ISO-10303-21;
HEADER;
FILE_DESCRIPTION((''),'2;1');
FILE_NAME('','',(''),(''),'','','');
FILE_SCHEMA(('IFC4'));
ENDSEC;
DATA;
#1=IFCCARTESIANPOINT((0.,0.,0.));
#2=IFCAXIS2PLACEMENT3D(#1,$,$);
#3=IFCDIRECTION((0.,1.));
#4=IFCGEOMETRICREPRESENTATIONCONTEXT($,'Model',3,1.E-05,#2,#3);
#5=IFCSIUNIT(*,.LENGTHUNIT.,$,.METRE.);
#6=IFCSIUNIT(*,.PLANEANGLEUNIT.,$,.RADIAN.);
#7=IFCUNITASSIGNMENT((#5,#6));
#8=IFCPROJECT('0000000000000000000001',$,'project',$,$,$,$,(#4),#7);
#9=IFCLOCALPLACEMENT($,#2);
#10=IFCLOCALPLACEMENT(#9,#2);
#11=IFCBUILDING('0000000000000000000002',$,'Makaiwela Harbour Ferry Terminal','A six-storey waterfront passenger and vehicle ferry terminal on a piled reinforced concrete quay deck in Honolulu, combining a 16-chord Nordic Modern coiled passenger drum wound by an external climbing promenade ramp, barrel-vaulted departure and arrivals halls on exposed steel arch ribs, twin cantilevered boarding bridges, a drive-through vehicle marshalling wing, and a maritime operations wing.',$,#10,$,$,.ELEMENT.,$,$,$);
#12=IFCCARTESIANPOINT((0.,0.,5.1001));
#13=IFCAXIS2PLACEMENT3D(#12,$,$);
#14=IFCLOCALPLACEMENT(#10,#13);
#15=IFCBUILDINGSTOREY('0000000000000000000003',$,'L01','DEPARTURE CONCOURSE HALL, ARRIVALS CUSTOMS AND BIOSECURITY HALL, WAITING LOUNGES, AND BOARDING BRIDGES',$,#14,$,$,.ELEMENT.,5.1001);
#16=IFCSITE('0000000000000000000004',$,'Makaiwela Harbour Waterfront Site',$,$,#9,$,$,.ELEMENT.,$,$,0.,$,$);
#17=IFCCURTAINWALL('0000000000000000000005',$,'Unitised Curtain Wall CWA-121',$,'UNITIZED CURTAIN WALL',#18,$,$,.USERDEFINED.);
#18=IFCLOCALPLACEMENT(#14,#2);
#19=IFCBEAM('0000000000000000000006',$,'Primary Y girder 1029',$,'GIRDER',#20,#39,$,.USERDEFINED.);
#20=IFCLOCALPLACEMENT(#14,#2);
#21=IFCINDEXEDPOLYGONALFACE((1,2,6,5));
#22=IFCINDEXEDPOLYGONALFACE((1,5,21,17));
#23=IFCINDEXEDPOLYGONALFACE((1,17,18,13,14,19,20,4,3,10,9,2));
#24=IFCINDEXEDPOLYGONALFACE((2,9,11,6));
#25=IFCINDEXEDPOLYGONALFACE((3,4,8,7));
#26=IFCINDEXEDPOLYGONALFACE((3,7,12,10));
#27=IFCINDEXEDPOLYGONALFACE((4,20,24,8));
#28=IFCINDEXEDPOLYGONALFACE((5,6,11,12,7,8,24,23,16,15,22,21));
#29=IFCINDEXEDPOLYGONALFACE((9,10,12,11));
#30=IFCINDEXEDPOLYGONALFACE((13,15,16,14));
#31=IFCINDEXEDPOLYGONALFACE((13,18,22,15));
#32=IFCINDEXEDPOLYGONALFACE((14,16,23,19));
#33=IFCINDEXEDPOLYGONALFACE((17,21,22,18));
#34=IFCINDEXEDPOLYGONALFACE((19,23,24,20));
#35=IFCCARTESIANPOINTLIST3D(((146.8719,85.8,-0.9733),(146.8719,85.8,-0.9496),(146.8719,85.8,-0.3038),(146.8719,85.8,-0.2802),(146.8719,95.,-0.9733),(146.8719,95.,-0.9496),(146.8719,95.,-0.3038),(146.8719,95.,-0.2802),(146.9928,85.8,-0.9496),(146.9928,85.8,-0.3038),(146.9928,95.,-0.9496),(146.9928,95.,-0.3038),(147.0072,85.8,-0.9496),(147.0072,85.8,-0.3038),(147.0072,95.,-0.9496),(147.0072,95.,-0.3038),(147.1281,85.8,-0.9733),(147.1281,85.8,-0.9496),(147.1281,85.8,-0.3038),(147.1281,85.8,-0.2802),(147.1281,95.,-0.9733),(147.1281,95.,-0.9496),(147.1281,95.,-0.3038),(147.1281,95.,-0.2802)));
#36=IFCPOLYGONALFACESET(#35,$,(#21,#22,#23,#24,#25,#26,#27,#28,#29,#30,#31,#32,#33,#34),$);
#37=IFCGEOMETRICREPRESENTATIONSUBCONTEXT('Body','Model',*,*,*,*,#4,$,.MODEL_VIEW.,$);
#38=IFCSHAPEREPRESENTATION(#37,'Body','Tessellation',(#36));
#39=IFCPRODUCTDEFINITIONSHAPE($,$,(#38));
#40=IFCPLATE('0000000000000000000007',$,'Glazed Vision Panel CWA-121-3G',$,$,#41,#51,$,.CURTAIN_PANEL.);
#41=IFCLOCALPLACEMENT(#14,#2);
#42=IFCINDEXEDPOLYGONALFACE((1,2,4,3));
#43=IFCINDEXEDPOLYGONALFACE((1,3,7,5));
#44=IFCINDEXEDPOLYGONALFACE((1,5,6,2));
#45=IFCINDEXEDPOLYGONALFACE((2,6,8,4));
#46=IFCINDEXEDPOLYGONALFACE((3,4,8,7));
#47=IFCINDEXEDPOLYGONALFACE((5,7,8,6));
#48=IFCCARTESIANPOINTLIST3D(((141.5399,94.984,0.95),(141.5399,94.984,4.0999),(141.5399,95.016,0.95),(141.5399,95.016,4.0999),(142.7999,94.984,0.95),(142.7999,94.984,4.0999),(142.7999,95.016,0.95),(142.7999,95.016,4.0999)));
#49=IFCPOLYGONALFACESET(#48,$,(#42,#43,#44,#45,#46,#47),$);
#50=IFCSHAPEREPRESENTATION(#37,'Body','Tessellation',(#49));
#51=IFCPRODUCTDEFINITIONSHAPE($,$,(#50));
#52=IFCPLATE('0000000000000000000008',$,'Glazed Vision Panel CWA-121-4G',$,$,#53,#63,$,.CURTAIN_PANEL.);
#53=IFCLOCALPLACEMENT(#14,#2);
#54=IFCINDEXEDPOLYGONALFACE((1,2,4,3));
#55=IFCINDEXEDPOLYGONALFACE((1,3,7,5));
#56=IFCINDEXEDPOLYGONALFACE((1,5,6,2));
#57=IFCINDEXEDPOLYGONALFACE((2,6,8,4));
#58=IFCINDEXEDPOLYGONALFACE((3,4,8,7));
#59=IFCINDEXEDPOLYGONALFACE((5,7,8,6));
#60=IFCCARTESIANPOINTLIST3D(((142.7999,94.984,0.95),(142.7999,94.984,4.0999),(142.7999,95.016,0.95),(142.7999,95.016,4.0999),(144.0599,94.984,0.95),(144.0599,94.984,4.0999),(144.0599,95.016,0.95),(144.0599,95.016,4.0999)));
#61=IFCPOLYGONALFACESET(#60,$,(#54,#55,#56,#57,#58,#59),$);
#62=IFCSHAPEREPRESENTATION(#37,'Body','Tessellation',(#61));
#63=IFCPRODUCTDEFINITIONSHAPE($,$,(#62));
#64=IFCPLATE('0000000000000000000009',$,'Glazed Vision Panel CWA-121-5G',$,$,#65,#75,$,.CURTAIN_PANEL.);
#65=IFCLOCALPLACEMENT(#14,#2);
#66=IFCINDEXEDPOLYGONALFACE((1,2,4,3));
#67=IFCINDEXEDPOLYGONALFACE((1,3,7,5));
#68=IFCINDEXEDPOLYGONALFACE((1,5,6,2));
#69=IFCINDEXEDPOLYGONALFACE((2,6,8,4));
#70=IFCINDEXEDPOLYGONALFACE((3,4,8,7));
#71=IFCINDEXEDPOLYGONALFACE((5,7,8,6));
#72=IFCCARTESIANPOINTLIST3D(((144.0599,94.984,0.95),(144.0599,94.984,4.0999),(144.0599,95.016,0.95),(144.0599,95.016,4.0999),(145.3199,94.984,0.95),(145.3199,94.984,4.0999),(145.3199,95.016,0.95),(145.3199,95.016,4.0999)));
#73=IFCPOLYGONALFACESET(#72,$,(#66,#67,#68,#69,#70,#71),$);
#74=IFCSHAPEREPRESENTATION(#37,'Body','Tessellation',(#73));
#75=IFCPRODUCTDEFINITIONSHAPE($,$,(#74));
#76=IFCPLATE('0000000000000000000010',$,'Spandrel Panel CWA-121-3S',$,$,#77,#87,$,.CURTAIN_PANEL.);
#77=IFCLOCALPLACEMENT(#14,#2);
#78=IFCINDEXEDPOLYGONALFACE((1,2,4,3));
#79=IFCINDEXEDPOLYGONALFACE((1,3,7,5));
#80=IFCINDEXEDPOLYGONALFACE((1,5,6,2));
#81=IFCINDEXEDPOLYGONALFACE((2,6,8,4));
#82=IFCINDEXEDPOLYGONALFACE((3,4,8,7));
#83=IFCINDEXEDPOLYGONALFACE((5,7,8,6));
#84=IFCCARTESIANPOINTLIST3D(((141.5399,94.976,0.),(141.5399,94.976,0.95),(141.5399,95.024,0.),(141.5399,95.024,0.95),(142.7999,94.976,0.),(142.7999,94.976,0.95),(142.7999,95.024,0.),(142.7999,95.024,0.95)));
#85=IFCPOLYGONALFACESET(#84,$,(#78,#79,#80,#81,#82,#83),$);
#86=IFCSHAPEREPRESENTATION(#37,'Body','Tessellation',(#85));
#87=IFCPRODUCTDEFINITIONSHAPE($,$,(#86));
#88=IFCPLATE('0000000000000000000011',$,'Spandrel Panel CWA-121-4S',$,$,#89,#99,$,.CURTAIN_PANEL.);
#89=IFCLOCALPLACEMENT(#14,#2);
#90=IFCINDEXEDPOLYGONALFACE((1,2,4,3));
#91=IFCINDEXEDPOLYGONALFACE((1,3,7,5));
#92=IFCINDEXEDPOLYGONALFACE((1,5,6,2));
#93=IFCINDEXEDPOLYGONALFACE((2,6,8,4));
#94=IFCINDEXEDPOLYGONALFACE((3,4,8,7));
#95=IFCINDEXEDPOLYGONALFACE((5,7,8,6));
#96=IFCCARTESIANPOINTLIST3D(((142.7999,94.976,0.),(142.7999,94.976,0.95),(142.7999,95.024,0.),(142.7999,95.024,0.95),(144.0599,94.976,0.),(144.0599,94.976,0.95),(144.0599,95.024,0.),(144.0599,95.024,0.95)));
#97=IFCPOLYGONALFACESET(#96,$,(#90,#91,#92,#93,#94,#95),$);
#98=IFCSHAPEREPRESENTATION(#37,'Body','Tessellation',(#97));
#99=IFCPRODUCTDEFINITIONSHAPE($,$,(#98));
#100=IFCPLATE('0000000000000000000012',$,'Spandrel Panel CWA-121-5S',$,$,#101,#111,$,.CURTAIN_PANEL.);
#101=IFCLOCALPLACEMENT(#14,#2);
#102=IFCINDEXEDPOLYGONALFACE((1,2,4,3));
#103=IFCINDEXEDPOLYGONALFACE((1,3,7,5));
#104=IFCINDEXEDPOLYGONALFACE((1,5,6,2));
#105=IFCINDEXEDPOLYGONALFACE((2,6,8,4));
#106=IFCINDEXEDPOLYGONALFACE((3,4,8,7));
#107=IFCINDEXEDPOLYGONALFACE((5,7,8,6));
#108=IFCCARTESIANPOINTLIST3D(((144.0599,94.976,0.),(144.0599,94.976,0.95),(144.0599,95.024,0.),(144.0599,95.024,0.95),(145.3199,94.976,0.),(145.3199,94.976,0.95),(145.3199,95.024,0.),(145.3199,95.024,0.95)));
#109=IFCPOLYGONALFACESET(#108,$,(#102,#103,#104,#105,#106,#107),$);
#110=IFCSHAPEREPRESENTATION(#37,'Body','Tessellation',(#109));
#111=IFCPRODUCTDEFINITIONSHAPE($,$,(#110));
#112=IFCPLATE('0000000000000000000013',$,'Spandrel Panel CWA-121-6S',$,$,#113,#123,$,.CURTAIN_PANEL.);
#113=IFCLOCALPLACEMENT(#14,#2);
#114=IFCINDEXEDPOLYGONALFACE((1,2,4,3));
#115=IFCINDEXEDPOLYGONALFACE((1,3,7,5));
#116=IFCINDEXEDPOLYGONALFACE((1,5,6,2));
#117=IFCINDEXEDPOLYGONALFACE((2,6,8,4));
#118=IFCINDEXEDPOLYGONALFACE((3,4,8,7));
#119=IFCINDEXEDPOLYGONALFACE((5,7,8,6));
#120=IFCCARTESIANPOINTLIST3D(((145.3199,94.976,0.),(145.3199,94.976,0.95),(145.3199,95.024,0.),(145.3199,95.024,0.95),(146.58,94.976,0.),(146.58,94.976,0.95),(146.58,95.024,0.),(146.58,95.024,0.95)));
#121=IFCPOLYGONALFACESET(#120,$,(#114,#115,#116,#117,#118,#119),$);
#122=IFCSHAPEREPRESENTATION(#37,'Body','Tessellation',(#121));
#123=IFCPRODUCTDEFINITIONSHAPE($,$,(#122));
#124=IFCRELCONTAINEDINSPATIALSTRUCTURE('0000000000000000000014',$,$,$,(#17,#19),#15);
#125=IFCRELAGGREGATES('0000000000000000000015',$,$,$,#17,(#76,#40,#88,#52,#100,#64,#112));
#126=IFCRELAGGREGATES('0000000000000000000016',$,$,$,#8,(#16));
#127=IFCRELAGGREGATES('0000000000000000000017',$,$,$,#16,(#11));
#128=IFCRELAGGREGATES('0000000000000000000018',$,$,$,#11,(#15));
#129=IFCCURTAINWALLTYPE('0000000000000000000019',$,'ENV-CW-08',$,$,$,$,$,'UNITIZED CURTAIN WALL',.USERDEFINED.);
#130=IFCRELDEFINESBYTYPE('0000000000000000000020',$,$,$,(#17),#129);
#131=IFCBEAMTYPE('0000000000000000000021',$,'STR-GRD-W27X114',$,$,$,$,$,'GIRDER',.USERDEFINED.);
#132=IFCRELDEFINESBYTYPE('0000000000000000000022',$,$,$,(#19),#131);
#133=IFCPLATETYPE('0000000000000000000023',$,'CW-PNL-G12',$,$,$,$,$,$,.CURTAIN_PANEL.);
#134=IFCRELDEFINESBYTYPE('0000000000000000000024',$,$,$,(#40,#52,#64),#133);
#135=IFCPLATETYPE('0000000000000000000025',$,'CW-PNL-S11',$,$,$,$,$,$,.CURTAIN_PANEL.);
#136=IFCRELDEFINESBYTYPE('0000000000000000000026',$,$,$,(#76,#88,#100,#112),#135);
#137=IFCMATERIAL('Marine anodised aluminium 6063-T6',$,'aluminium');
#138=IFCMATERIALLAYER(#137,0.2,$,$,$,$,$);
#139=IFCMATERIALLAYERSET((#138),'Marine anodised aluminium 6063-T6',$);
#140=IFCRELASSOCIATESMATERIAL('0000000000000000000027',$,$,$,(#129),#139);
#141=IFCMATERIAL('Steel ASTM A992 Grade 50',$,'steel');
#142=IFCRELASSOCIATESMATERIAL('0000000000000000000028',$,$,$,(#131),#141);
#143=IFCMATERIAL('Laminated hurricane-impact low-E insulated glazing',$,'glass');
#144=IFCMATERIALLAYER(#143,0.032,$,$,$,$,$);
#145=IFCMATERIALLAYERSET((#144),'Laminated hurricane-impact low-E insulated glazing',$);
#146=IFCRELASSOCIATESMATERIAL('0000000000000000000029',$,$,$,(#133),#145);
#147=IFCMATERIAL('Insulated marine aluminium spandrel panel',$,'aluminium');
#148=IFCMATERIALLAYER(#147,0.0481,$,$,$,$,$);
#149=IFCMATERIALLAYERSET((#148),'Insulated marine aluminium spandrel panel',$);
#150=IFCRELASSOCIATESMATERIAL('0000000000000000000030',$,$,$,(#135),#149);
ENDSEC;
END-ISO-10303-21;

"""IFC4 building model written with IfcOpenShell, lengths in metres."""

from ifc_helpers import new_model, si_unit, direction, frame, origin, origin_2d, place, context, subcontext, project, spatial, rectangle, i_section, extrude, material, layer, layer_set, material_profile, profile_set, type_object, element, aggregate, save


model = new_model("IFC4")

# Units and contexts
model_context = context("Model", 3, precision=1e-05, world=origin(), true_north=direction((0.0, 1.0)))
body_context = subcontext(model_context, "Body", "Model", "MODEL_VIEW")
ifc_project = project(units=[si_unit("LENGTHUNIT", "METRE"), si_unit("PLANEANGLEUNIT", "RADIAN")], contexts=[model_context])

# Site, building, storey
site_placement = place(None, origin())
site = spatial("IfcSite", under=ifc_project, at=site_placement, Name="Makaiwela Harbour Waterfront Site", CompositionType="ELEMENT", RefElevation=0.0)
building_placement = place(site_placement, origin())
building = spatial("IfcBuilding", under=site, at=building_placement, Name="Makaiwela Harbour Ferry Terminal", Description="A six-storey waterfront passenger and vehicle ferry terminal on a piled reinforced concrete quay deck in Honolulu, combining a 16-chord Nordic Modern coiled passenger drum wound by an external climbing promenade ramp, barrel-vaulted departure and arrivals halls on exposed steel arch ribs, twin cantilevered boarding bridges, a drive-through vehicle marshalling wing, and a maritime operations wing.", CompositionType="ELEMENT")
storey_placement = place(building_placement, frame((0.0, 0.0, 5.1001)))
storey = spatial("IfcBuildingStorey", under=building, at=storey_placement, Name="L01", Description="DEPARTURE CONCOURSE HALL, ARRIVALS CUSTOMS AND BIOSECURITY HALL, WAITING LOUNGES, AND BOARDING BRIDGES", CompositionType="ELEMENT", Elevation=5.1001)

# Shared definitions
ifc_material_1 = material(Name="Steel ASTM A992 Grade 50", Category="steel")

# Curtain wall
ifc_material_2 = material(Name="Marine anodised aluminium 6063-T6", Category="aluminium")
ifc_layer_1 = layer(ifc_material_2, 0.2)
ifc_layer_set_1 = layer_set([ifc_layer_1], Name="Marine anodised aluminium 6063-T6")
curtain_wall_type = type_object("IfcCurtainWallType", Name="ENV-CW-08", ElementType="UNITIZED CURTAIN WALL", PredefinedType="USERDEFINED", material=ifc_layer_set_1)
curtain_wall_placement = place(storey_placement, origin())
curtain_wall = element("IfcCurtainWall", 1, at=curtain_wall_placement, inside=storey, type_object=curtain_wall_type, Name="Unitised Curtain Wall CWA-121", ObjectType="UNITIZED CURTAIN WALL", PredefinedType="USERDEFINED")

# Beam
ifc_material_profile_1 = material_profile(ifc_material_1, i_section(OverallWidth=0.2561, OverallDepth=0.6931, WebThickness=0.0144, FlangeThickness=0.0237, at=origin_2d()), Name="W27X114")
ifc_profile_set_1 = profile_set([ifc_material_profile_1], Name="Steel ASTM A992 Grade 50")
beam_type_1 = type_object("IfcBeamType", Name="STR-GRD-W27X114", ElementType="GIRDER", PredefinedType="USERDEFINED", material=ifc_profile_set_1)
beam_1_placement = place(storey_placement, frame((147.0, 85.8, -0.6267), z_axis=(0.0, 1.0, 0.0), x_axis=(-1.0, 0.0, 0.0)))
element("IfcBeam", 2, at=beam_1_placement, inside=storey, type_object=beam_type_1, Name="Primary Y girder 1029", ObjectType="GIRDER", PredefinedType="USERDEFINED", context=body_context, shape_type="SweptSolid", body=[
    extrude(i_section(OverallWidth=0.2561, OverallDepth=0.6931, WebThickness=0.0144, FlangeThickness=0.0237, at=origin_2d()), origin(), (0.0, 0.0, 1.0), 9.2),
])

# Plates
ifc_material_3 = material(Name="Laminated hurricane-impact low-E insulated glazing", Category="glass")
ifc_layer_2 = layer(ifc_material_3, 0.032)
ifc_layer_set_2 = layer_set([ifc_layer_2], Name="Laminated hurricane-impact low-E insulated glazing")
plate_type_1 = type_object("IfcPlateType", Name="CW-PNL-G12", PredefinedType="CURTAIN_PANEL", material=ifc_layer_set_2)
plate_1_placement = place(storey_placement, frame((142.1699, 95.0, 0.95), z_axis=(0.0, 0.0, 1.0), x_axis=(1.0, 0.0, 0.0)))
plate_1 = element("IfcPlate", 3, at=plate_1_placement, type_object=plate_type_1, Name="Glazed Vision Panel CWA-121-3G", PredefinedType="CURTAIN_PANEL", context=body_context, shape_type="SweptSolid", body=[
    extrude(rectangle(XDim=1.26, YDim=0.032, at=origin_2d()), origin(), (0.0, 0.0, 1.0), 3.1499),
])
plate_2_placement = place(storey_placement, frame((143.4299, 95.0, 0.95), z_axis=(0.0, 0.0, 1.0), x_axis=(1.0, 0.0, 0.0)))
plate_2 = element("IfcPlate", 4, at=plate_2_placement, type_object=plate_type_1, Name="Glazed Vision Panel CWA-121-4G", PredefinedType="CURTAIN_PANEL", context=body_context, shape_type="SweptSolid", body=[
    extrude(rectangle(XDim=1.26, YDim=0.032, at=origin_2d()), origin(), (0.0, 0.0, 1.0), 3.1499),
])
plate_3_placement = place(storey_placement, frame((144.6899, 95.0, 0.95), z_axis=(0.0, 0.0, 1.0), x_axis=(1.0, 0.0, 0.0)))
plate_3 = element("IfcPlate", 5, at=plate_3_placement, type_object=plate_type_1, Name="Glazed Vision Panel CWA-121-5G", PredefinedType="CURTAIN_PANEL", context=body_context, shape_type="SweptSolid", body=[
    extrude(rectangle(XDim=1.26, YDim=0.032, at=origin_2d()), origin(), (0.0, 0.0, 1.0), 3.1499),
])
ifc_material_4 = material(Name="Insulated marine aluminium spandrel panel", Category="aluminium")
ifc_layer_3 = layer(ifc_material_4, 0.0481)
ifc_layer_set_3 = layer_set([ifc_layer_3], Name="Insulated marine aluminium spandrel panel")
plate_type_2 = type_object("IfcPlateType", Name="CW-PNL-S11", PredefinedType="CURTAIN_PANEL", material=ifc_layer_set_3)
plate_4_placement = place(storey_placement, frame((142.1699, 95.0, 0.0), z_axis=(0.0, 0.0, 1.0), x_axis=(1.0, 0.0, 0.0)))
plate_4 = element("IfcPlate", 6, at=plate_4_placement, type_object=plate_type_2, Name="Spandrel Panel CWA-121-3S", PredefinedType="CURTAIN_PANEL", context=body_context, shape_type="SweptSolid", body=[
    extrude(rectangle(XDim=1.26, YDim=0.0481, at=origin_2d()), origin(), (0.0, 0.0, 1.0), 0.95),
])
plate_5_placement = place(storey_placement, frame((143.4299, 95.0, 0.0), z_axis=(0.0, 0.0, 1.0), x_axis=(1.0, 0.0, 0.0)))
plate_5 = element("IfcPlate", 7, at=plate_5_placement, type_object=plate_type_2, Name="Spandrel Panel CWA-121-4S", PredefinedType="CURTAIN_PANEL", context=body_context, shape_type="SweptSolid", body=[
    extrude(rectangle(XDim=1.26, YDim=0.0481, at=origin_2d()), origin(), (0.0, 0.0, 1.0), 0.95),
])
plate_6_placement = place(storey_placement, frame((144.6899, 95.0, 0.0), z_axis=(0.0, 0.0, 1.0), x_axis=(1.0, 0.0, 0.0)))
plate_6 = element("IfcPlate", 8, at=plate_6_placement, type_object=plate_type_2, Name="Spandrel Panel CWA-121-5S", PredefinedType="CURTAIN_PANEL", context=body_context, shape_type="SweptSolid", body=[
    extrude(rectangle(XDim=1.26, YDim=0.0481, at=origin_2d()), origin(), (0.0, 0.0, 1.0), 0.95),
])
plate_7_placement = place(storey_placement, frame((145.95, 95.0, 0.0), z_axis=(0.0, 0.0, 1.0), x_axis=(1.0, 0.0, 0.0)))
plate_7 = element("IfcPlate", 9, at=plate_7_placement, type_object=plate_type_2, Name="Spandrel Panel CWA-121-6S", PredefinedType="CURTAIN_PANEL", context=body_context, shape_type="SweptSolid", body=[
    extrude(rectangle(XDim=1.26, YDim=0.0481, at=origin_2d()), origin(), (0.0, 0.0, 1.0), 0.95),
])
aggregate(curtain_wall, [plate_4, plate_1, plate_5, plate_2, plate_6, plate_3, plate_7])

save(model, "model.ifc")
